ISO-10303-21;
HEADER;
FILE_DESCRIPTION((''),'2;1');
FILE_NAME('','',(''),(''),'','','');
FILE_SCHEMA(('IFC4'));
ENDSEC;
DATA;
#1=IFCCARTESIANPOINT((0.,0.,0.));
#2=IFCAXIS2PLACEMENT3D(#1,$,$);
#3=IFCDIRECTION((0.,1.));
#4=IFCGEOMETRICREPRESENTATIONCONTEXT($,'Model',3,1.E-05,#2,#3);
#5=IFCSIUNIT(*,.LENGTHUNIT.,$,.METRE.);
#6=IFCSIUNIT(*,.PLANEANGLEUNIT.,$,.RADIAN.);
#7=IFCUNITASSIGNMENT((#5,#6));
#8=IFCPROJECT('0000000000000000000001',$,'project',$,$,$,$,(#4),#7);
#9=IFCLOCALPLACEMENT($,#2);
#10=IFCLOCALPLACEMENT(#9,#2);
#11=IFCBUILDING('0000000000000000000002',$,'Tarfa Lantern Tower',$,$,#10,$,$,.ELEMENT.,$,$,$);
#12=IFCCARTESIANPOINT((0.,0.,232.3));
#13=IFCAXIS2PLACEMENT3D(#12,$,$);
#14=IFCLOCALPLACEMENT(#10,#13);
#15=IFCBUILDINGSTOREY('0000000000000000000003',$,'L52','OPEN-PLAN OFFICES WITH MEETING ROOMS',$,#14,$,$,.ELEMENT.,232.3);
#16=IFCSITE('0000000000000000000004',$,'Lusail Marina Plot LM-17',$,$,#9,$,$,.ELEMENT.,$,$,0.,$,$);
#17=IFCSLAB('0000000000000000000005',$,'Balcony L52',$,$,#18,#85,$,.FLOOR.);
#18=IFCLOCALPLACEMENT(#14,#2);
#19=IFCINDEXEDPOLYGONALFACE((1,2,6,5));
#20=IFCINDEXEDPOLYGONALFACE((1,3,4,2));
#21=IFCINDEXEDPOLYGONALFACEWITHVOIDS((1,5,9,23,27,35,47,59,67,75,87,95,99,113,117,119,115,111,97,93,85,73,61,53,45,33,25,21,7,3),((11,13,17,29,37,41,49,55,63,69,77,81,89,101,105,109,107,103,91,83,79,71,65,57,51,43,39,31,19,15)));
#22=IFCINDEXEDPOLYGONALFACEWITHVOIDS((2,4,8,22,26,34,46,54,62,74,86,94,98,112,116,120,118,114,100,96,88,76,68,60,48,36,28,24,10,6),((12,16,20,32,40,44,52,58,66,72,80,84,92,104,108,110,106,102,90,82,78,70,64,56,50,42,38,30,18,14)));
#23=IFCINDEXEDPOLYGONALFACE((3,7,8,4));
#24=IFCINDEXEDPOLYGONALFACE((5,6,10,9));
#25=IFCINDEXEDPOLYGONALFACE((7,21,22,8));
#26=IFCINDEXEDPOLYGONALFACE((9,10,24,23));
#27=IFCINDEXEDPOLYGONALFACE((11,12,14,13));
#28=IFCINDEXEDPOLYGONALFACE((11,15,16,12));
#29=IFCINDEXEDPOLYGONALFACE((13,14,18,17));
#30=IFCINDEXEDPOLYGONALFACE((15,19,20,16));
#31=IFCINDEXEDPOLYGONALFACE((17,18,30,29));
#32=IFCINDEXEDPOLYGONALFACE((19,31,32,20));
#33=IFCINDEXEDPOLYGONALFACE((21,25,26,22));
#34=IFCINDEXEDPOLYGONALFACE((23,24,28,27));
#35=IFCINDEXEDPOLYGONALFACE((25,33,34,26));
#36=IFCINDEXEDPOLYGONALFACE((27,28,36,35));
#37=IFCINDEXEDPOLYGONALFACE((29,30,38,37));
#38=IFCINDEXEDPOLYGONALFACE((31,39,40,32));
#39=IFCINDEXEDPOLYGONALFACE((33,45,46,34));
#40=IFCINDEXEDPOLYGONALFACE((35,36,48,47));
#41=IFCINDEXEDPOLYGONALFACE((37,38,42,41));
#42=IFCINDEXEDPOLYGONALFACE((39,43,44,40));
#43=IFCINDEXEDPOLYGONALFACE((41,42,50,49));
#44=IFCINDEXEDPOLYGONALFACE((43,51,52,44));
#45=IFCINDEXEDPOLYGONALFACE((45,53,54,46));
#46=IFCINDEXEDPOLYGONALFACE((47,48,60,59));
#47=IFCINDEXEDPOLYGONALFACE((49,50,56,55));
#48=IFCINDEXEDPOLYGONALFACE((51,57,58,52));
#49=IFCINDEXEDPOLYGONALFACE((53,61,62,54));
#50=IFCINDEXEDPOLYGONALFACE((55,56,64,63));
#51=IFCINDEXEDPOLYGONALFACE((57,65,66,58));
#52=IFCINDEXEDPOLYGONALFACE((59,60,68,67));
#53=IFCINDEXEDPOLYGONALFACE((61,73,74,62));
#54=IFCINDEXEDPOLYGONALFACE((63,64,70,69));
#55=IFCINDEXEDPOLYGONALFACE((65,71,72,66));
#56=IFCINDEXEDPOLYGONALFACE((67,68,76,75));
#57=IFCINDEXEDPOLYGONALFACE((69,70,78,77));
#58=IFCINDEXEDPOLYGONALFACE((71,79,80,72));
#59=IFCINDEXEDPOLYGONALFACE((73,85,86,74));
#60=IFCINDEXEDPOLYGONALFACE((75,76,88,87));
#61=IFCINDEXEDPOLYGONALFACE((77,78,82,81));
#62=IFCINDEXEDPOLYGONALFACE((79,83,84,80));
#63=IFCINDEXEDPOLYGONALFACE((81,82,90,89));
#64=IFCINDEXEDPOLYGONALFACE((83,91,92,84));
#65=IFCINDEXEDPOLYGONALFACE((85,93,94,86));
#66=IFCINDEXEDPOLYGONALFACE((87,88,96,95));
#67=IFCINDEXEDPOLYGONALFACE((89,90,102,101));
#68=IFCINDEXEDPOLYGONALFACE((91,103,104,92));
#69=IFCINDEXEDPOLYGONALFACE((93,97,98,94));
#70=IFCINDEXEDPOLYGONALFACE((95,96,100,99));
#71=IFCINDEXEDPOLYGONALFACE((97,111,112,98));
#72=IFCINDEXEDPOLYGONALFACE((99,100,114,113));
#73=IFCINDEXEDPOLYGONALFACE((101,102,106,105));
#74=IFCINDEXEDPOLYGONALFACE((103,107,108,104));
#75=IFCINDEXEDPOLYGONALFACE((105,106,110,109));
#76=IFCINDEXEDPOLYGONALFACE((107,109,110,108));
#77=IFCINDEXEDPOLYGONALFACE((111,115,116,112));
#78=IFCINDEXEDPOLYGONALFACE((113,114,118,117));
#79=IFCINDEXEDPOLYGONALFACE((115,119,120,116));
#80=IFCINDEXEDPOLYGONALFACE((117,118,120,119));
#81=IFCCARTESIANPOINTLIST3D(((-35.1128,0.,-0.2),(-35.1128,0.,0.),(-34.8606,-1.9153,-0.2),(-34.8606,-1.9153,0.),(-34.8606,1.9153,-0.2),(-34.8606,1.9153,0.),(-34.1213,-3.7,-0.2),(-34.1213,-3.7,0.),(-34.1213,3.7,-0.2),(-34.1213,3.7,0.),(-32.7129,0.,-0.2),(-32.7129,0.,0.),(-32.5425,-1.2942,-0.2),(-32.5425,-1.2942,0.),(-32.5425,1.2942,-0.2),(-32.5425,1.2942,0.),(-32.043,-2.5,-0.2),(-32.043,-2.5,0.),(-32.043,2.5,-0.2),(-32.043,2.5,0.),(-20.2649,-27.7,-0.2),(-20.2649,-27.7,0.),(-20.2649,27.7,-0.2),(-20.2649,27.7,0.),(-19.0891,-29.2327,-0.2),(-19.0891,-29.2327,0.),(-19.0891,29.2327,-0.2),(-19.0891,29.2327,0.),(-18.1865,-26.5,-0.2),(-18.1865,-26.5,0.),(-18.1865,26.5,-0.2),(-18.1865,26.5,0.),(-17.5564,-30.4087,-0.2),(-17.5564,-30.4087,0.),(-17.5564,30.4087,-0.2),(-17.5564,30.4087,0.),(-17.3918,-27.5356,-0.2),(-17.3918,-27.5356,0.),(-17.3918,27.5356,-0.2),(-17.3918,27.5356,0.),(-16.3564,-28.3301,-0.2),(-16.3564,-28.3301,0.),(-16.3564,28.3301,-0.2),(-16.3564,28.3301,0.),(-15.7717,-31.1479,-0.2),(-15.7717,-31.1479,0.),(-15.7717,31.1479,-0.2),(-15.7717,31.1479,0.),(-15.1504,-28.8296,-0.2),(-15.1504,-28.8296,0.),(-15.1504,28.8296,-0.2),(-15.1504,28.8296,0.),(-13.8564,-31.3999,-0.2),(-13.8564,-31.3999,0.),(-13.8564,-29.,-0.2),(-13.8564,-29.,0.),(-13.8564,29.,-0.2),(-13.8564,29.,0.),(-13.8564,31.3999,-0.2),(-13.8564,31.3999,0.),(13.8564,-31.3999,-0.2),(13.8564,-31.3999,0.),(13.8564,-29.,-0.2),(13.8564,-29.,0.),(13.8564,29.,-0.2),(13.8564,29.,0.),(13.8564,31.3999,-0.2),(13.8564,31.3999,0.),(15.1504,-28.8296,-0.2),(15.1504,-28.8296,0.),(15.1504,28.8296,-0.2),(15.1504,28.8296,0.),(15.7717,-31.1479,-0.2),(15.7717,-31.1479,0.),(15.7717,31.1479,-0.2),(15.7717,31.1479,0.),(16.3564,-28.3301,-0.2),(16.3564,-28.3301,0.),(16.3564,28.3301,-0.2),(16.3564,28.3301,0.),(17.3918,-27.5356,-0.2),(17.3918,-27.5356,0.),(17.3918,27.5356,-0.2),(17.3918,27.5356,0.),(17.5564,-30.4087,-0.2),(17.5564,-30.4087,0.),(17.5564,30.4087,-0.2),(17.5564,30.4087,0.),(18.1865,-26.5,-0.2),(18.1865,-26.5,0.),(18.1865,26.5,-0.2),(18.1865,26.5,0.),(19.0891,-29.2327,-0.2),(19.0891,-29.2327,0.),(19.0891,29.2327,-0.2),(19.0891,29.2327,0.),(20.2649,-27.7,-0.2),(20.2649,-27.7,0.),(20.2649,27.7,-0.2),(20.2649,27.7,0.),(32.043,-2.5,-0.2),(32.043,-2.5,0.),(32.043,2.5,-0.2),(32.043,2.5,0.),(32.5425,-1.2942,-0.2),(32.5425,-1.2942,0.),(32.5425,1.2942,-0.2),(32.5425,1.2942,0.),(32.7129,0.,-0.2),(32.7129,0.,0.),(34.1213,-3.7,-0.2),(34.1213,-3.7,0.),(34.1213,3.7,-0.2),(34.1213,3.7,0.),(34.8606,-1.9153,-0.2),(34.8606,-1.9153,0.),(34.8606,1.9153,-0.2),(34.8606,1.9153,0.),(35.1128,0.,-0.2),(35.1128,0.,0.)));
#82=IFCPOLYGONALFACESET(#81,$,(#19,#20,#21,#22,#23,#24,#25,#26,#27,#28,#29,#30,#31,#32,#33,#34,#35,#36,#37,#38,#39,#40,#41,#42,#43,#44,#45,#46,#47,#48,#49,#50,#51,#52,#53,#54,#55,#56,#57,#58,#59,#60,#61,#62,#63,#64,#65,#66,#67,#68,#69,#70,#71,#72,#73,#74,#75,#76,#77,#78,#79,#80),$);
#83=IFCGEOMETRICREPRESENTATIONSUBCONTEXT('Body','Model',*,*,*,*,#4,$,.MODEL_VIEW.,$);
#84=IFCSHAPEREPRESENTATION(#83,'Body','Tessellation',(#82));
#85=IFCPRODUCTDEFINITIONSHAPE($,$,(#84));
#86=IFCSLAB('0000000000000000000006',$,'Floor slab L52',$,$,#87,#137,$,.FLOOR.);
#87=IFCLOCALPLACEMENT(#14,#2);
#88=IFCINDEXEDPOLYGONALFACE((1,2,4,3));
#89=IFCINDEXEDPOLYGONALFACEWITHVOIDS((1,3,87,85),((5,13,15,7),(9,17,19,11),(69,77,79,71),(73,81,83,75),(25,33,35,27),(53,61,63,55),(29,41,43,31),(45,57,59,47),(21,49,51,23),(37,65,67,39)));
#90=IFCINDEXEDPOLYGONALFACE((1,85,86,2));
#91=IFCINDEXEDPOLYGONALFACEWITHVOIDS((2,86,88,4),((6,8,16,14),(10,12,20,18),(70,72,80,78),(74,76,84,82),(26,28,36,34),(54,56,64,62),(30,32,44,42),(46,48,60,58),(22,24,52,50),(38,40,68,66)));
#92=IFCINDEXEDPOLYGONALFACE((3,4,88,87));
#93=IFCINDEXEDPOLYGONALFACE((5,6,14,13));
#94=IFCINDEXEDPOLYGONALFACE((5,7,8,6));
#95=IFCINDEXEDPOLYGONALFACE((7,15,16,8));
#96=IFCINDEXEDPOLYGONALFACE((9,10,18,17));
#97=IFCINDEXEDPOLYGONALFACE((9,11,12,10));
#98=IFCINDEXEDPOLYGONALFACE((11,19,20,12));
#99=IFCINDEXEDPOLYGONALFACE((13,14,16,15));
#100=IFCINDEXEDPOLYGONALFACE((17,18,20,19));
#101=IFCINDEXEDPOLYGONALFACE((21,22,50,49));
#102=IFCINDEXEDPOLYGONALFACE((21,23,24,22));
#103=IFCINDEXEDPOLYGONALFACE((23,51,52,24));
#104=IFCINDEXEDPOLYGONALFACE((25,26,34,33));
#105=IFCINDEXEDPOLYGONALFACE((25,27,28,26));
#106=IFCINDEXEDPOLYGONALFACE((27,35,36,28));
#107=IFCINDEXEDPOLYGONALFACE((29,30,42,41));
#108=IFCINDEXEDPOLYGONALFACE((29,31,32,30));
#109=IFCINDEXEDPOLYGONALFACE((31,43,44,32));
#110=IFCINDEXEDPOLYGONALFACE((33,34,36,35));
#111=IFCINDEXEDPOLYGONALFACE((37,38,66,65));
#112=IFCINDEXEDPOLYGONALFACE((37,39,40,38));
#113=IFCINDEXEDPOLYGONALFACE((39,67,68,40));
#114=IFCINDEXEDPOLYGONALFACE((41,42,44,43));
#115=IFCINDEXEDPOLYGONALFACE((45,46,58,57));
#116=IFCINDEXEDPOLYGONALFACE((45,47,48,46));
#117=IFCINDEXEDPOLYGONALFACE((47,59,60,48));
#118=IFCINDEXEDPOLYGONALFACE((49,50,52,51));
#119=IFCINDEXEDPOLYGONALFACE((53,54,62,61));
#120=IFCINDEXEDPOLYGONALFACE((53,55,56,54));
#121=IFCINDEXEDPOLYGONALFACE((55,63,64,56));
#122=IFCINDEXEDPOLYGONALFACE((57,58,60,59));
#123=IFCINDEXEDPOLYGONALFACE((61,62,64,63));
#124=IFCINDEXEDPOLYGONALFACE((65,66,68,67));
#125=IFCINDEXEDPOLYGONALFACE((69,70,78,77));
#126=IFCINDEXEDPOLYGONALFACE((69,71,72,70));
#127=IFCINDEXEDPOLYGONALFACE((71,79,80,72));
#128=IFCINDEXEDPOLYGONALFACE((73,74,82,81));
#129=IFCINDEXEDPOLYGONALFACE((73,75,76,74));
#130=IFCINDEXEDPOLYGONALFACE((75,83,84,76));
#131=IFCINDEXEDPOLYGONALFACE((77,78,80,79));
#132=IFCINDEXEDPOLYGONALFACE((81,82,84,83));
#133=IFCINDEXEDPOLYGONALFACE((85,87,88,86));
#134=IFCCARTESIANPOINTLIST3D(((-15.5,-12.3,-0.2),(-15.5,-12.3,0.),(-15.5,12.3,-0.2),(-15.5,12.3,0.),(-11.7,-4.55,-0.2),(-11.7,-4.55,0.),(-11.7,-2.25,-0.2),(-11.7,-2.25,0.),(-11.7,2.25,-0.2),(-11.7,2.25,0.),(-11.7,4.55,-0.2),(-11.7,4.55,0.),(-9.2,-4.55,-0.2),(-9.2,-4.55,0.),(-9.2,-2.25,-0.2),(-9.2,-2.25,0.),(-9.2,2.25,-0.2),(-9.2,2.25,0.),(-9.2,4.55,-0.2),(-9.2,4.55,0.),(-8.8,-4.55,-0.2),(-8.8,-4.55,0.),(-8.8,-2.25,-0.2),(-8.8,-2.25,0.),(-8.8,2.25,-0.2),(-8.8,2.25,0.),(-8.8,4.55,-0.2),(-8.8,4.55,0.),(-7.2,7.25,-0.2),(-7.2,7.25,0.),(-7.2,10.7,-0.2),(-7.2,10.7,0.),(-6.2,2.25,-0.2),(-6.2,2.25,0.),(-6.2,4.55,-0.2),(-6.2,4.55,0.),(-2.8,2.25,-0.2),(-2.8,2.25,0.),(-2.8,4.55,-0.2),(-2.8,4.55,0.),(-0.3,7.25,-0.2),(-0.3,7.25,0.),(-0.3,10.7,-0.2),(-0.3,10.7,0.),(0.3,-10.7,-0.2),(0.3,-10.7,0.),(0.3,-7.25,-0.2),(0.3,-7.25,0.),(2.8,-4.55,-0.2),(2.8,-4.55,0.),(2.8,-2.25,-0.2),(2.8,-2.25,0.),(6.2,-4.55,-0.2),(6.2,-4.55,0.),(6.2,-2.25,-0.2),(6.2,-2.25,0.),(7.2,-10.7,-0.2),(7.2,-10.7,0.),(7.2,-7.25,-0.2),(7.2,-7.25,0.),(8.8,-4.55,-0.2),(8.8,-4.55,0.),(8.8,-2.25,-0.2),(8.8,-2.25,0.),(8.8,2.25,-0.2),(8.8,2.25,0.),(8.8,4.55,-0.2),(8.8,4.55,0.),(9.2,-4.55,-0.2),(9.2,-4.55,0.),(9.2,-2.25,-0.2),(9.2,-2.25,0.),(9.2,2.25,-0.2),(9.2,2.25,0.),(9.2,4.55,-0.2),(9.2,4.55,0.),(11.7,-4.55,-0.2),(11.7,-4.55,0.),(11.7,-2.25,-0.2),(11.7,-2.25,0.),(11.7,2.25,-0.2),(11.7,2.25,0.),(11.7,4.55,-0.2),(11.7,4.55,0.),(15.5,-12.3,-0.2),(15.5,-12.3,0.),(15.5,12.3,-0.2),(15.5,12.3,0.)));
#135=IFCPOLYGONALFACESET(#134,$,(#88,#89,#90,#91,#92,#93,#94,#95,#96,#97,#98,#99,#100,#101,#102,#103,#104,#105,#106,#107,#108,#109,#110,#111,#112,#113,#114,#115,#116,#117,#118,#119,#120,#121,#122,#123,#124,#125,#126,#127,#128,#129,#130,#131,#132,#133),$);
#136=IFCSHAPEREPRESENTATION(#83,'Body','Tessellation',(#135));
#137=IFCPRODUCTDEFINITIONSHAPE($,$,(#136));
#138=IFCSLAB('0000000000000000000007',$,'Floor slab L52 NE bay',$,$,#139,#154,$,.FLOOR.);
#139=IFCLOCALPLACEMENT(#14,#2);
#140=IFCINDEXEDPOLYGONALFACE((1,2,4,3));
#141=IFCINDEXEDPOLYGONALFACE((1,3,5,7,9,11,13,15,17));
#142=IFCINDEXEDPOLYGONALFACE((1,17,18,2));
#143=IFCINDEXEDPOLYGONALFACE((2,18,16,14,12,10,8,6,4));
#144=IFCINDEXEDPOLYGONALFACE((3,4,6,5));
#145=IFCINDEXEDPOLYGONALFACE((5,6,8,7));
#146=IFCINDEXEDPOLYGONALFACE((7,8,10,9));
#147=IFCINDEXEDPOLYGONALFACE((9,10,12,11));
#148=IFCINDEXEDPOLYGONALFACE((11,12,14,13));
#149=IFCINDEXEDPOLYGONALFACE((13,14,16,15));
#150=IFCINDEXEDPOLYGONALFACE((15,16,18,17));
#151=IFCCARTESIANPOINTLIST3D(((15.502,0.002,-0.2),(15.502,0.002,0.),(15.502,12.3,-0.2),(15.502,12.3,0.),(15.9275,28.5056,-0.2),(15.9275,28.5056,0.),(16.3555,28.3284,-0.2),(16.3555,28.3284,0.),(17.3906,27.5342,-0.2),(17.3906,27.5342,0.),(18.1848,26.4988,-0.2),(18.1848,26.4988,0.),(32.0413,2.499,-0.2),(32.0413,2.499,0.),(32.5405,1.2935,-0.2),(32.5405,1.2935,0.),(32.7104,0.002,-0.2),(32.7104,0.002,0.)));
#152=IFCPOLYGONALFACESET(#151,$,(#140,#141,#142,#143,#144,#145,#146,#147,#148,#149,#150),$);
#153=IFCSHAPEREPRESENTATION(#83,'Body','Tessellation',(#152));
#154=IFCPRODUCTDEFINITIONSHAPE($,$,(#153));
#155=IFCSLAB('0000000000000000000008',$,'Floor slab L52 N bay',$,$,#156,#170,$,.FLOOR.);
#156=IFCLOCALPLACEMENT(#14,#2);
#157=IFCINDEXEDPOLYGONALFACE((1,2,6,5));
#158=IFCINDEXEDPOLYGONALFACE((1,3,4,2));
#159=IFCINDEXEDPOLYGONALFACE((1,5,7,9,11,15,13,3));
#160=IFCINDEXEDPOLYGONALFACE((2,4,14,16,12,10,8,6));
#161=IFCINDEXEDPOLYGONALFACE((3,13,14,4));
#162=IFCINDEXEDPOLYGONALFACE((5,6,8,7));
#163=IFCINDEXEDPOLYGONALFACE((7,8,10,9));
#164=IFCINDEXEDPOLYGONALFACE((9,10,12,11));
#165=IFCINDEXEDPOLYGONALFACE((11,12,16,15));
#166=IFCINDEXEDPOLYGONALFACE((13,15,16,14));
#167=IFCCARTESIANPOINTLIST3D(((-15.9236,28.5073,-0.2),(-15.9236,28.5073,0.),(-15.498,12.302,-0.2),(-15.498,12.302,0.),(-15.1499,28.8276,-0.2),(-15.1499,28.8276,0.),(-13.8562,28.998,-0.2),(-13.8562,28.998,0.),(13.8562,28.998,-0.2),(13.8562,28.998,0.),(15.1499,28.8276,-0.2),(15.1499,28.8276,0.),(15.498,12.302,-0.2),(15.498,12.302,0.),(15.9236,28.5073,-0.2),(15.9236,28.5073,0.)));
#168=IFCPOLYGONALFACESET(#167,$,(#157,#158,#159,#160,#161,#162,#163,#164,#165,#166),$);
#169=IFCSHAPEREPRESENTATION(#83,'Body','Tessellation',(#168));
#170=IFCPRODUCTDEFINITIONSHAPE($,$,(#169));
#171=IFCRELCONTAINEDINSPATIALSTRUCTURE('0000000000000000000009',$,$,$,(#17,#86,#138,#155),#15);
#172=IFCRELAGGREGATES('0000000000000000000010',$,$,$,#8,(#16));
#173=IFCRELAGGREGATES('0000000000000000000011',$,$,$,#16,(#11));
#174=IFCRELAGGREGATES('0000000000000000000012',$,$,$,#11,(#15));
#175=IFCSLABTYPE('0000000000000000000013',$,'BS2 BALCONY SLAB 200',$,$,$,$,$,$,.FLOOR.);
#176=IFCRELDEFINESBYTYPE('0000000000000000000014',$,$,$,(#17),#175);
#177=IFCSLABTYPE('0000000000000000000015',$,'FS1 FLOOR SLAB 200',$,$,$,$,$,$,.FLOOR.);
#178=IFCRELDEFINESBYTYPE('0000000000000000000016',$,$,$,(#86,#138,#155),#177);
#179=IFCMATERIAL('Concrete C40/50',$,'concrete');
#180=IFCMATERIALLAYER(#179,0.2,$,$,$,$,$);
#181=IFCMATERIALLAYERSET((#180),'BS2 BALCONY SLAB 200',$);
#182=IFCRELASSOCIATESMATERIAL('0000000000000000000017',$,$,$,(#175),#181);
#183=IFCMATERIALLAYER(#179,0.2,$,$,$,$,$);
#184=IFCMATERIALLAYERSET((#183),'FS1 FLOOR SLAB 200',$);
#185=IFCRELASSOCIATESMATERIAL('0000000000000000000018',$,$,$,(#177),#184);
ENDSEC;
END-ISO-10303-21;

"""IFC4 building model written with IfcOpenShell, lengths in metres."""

from ifc_helpers import new_model, si_unit, direction, frame, origin, place, context, subcontext, project, spatial, polyline, outline, extrude, material, layer, layer_set, type_object, element, save


model = new_model("IFC4")

# Units and contexts
model_context = context("Model", 3, precision=1e-05, world=origin(), true_north=direction((0.0, 1.0)))
body_context = subcontext(model_context, "Body", "Model", "MODEL_VIEW")
ifc_project = project(units=[si_unit("LENGTHUNIT", "METRE"), si_unit("PLANEANGLEUNIT", "RADIAN")], contexts=[model_context])

# Site, building, storey
site_placement = place(None, origin())
site = spatial("IfcSite", under=ifc_project, at=site_placement, Name="Lusail Marina Plot LM-17", CompositionType="ELEMENT", RefElevation=0.0)
building_placement = place(site_placement, origin())
building = spatial("IfcBuilding", under=site, at=building_placement, Name="Tarfa Lantern Tower", CompositionType="ELEMENT")
storey_placement = place(building_placement, frame((0.0, 0.0, 232.3)))
storey = spatial("IfcBuildingStorey", under=building, at=storey_placement, Name="L52", Description="OPEN-PLAN OFFICES WITH MEETING ROOMS", CompositionType="ELEMENT", Elevation=232.3)

# Slabs
ifc_material_1 = material(Name="Concrete C40/50", Category="concrete")
ifc_layer_1 = layer(ifc_material_1, 0.2)
ifc_layer_set_1 = layer_set([ifc_layer_1], Name="BS2 BALCONY SLAB 200")
slab_type_1 = type_object("IfcSlabType", Name="BS2 BALCONY SLAB 200", PredefinedType="FLOOR", material=ifc_layer_set_1)
slab_1_placement = place(storey_placement, frame((0.0, 0.0, -0.2)))
element("IfcSlab", 1, at=slab_1_placement, inside=storey, type_object=slab_type_1, Name="Balcony L52", PredefinedType="FLOOR", context=body_context, shape_type="SweptSolid", body=[
    extrude(outline(polyline([(34.1213, 3.7), (20.2649, 27.7), (19.0891, 29.2327), (17.5564, 30.4087), (15.7717, 31.1479), (13.8564, 31.3999), (-13.8564, 31.3999), (-15.7717, 31.1479), (-17.5564, 30.4087), (-19.0891, 29.2327), (-20.2649, 27.7), (-34.1213, 3.7), (-34.8606, 1.9153), (-35.1128, 0.0), (-34.8606, -1.9153), (-34.1213, -3.7), (-20.2649, -27.7), (-19.0891, -29.2327), (-17.5564, -30.4087), (-15.7717, -31.1479), (-13.8564, -31.3999), (13.8564, -31.3999), (15.7717, -31.1479), (17.5564, -30.4087), (19.0891, -29.2327), (20.2649, -27.7), (34.1213, -3.7), (34.8606, -1.9153), (35.1128, 0.0), (34.8606, 1.9153), (34.1213, 3.7)]), holes=[polyline([(32.043, 2.5), (18.1865, 26.5), (17.3918, 27.5356), (16.3564, 28.3301), (15.1504, 28.8296), (13.8564, 29.0), (-13.8564, 29.0), (-15.1504, 28.8296), (-16.3564, 28.3301), (-17.3918, 27.5356), (-18.1865, 26.5), (-32.043, 2.5), (-32.5425, 1.2942), (-32.7129, 0.0), (-32.5425, -1.2942), (-32.043, -2.5), (-18.1865, -26.5), (-17.3918, -27.5356), (-16.3564, -28.3301), (-15.1504, -28.8296), (-13.8564, -29.0), (13.8564, -29.0), (15.1504, -28.8296), (16.3564, -28.3301), (17.3918, -27.5356), (18.1865, -26.5), (32.043, -2.5), (32.5425, -1.2942), (32.7129, 0.0), (32.5425, 1.2942), (32.043, 2.5)])]), origin(), (0.0, 0.0, 1.0), 0.2),
])
ifc_layer_2 = layer(ifc_material_1, 0.2)
ifc_layer_set_2 = layer_set([ifc_layer_2], Name="FS1 FLOOR SLAB 200")
slab_type_2 = type_object("IfcSlabType", Name="FS1 FLOOR SLAB 200", PredefinedType="FLOOR", material=ifc_layer_set_2)
slab_2_placement = place(storey_placement, frame((0.0, 0.0, -0.2)))
element("IfcSlab", 2, at=slab_2_placement, inside=storey, type_object=slab_type_2, Name="Floor slab L52", PredefinedType="FLOOR", context=body_context, shape_type="SweptSolid", body=[
    extrude(outline(polyline([(-15.5, -12.3), (15.5, -12.3), (15.5, 12.3), (-15.5, 12.3), (-15.5, -12.3)]), holes=[polyline([(-11.7, 2.25), (-9.2, 2.25), (-9.2, 4.55), (-11.7, 4.55), (-11.7, 2.25)]), polyline([(-8.8, 2.25), (-6.2, 2.25), (-6.2, 4.55), (-8.8, 4.55), (-8.8, 2.25)]), polyline([(-2.8, 2.25), (8.8, 2.25), (8.8, 4.55), (-2.8, 4.55), (-2.8, 2.25)]), polyline([(9.2, 2.25), (11.7, 2.25), (11.7, 4.55), (9.2, 4.55), (9.2, 2.25)]), polyline([(11.7, -2.25), (9.2, -2.25), (9.2, -4.55), (11.7, -4.55), (11.7, -2.25)]), polyline([(8.8, -2.25), (6.2, -2.25), (6.2, -4.55), (8.8, -4.55), (8.8, -2.25)]), polyline([(2.8, -2.25), (-8.8, -2.25), (-8.8, -4.55), (2.8, -4.55), (2.8, -2.25)]), polyline([(-9.2, -2.25), (-11.7, -2.25), (-11.7, -4.55), (-9.2, -4.55), (-9.2, -2.25)]), polyline([(-7.2, 7.25), (-0.3, 7.25), (-0.3, 10.7), (-7.2, 10.7), (-7.2, 7.25)]), polyline([(7.2, -7.25), (0.3, -7.25), (0.3, -10.7), (7.2, -10.7), (7.2, -7.25)])]), origin(), (0.0, 0.0, 1.0), 0.2),
])
slab_3_placement = place(storey_placement, frame((0.0, 0.0, -0.2)))
element("IfcSlab", 3, at=slab_3_placement, inside=storey, type_object=slab_type_2, Name="Floor slab L52 NE bay", PredefinedType="FLOOR", context=body_context, shape_type="SweptSolid", body=[
    extrude(outline(polyline([(32.0413, 2.499), (18.1848, 26.4988), (17.3906, 27.5342), (16.3555, 28.3284), (15.9275, 28.5056), (15.502, 12.3), (15.502, 0.002), (32.7104, 0.002), (32.5405, 1.2935), (32.0413, 2.499)])), origin(), (0.0, 0.0, 1.0), 0.2),
])
slab_4_placement = place(storey_placement, frame((0.0, 0.0, -0.2)))
element("IfcSlab", 4, at=slab_4_placement, inside=storey, type_object=slab_type_2, Name="Floor slab L52 N bay", PredefinedType="FLOOR", context=body_context, shape_type="SweptSolid", body=[
    extrude(outline(polyline([(-15.498, 12.302), (15.498, 12.302), (15.9236, 28.5073), (15.1499, 28.8276), (13.8562, 28.998), (-13.8562, 28.998), (-15.1499, 28.8276), (-15.9236, 28.5073), (-15.498, 12.302)])), origin(), (0.0, 0.0, 1.0), 0.2),
])

save(model, "model.ifc")
